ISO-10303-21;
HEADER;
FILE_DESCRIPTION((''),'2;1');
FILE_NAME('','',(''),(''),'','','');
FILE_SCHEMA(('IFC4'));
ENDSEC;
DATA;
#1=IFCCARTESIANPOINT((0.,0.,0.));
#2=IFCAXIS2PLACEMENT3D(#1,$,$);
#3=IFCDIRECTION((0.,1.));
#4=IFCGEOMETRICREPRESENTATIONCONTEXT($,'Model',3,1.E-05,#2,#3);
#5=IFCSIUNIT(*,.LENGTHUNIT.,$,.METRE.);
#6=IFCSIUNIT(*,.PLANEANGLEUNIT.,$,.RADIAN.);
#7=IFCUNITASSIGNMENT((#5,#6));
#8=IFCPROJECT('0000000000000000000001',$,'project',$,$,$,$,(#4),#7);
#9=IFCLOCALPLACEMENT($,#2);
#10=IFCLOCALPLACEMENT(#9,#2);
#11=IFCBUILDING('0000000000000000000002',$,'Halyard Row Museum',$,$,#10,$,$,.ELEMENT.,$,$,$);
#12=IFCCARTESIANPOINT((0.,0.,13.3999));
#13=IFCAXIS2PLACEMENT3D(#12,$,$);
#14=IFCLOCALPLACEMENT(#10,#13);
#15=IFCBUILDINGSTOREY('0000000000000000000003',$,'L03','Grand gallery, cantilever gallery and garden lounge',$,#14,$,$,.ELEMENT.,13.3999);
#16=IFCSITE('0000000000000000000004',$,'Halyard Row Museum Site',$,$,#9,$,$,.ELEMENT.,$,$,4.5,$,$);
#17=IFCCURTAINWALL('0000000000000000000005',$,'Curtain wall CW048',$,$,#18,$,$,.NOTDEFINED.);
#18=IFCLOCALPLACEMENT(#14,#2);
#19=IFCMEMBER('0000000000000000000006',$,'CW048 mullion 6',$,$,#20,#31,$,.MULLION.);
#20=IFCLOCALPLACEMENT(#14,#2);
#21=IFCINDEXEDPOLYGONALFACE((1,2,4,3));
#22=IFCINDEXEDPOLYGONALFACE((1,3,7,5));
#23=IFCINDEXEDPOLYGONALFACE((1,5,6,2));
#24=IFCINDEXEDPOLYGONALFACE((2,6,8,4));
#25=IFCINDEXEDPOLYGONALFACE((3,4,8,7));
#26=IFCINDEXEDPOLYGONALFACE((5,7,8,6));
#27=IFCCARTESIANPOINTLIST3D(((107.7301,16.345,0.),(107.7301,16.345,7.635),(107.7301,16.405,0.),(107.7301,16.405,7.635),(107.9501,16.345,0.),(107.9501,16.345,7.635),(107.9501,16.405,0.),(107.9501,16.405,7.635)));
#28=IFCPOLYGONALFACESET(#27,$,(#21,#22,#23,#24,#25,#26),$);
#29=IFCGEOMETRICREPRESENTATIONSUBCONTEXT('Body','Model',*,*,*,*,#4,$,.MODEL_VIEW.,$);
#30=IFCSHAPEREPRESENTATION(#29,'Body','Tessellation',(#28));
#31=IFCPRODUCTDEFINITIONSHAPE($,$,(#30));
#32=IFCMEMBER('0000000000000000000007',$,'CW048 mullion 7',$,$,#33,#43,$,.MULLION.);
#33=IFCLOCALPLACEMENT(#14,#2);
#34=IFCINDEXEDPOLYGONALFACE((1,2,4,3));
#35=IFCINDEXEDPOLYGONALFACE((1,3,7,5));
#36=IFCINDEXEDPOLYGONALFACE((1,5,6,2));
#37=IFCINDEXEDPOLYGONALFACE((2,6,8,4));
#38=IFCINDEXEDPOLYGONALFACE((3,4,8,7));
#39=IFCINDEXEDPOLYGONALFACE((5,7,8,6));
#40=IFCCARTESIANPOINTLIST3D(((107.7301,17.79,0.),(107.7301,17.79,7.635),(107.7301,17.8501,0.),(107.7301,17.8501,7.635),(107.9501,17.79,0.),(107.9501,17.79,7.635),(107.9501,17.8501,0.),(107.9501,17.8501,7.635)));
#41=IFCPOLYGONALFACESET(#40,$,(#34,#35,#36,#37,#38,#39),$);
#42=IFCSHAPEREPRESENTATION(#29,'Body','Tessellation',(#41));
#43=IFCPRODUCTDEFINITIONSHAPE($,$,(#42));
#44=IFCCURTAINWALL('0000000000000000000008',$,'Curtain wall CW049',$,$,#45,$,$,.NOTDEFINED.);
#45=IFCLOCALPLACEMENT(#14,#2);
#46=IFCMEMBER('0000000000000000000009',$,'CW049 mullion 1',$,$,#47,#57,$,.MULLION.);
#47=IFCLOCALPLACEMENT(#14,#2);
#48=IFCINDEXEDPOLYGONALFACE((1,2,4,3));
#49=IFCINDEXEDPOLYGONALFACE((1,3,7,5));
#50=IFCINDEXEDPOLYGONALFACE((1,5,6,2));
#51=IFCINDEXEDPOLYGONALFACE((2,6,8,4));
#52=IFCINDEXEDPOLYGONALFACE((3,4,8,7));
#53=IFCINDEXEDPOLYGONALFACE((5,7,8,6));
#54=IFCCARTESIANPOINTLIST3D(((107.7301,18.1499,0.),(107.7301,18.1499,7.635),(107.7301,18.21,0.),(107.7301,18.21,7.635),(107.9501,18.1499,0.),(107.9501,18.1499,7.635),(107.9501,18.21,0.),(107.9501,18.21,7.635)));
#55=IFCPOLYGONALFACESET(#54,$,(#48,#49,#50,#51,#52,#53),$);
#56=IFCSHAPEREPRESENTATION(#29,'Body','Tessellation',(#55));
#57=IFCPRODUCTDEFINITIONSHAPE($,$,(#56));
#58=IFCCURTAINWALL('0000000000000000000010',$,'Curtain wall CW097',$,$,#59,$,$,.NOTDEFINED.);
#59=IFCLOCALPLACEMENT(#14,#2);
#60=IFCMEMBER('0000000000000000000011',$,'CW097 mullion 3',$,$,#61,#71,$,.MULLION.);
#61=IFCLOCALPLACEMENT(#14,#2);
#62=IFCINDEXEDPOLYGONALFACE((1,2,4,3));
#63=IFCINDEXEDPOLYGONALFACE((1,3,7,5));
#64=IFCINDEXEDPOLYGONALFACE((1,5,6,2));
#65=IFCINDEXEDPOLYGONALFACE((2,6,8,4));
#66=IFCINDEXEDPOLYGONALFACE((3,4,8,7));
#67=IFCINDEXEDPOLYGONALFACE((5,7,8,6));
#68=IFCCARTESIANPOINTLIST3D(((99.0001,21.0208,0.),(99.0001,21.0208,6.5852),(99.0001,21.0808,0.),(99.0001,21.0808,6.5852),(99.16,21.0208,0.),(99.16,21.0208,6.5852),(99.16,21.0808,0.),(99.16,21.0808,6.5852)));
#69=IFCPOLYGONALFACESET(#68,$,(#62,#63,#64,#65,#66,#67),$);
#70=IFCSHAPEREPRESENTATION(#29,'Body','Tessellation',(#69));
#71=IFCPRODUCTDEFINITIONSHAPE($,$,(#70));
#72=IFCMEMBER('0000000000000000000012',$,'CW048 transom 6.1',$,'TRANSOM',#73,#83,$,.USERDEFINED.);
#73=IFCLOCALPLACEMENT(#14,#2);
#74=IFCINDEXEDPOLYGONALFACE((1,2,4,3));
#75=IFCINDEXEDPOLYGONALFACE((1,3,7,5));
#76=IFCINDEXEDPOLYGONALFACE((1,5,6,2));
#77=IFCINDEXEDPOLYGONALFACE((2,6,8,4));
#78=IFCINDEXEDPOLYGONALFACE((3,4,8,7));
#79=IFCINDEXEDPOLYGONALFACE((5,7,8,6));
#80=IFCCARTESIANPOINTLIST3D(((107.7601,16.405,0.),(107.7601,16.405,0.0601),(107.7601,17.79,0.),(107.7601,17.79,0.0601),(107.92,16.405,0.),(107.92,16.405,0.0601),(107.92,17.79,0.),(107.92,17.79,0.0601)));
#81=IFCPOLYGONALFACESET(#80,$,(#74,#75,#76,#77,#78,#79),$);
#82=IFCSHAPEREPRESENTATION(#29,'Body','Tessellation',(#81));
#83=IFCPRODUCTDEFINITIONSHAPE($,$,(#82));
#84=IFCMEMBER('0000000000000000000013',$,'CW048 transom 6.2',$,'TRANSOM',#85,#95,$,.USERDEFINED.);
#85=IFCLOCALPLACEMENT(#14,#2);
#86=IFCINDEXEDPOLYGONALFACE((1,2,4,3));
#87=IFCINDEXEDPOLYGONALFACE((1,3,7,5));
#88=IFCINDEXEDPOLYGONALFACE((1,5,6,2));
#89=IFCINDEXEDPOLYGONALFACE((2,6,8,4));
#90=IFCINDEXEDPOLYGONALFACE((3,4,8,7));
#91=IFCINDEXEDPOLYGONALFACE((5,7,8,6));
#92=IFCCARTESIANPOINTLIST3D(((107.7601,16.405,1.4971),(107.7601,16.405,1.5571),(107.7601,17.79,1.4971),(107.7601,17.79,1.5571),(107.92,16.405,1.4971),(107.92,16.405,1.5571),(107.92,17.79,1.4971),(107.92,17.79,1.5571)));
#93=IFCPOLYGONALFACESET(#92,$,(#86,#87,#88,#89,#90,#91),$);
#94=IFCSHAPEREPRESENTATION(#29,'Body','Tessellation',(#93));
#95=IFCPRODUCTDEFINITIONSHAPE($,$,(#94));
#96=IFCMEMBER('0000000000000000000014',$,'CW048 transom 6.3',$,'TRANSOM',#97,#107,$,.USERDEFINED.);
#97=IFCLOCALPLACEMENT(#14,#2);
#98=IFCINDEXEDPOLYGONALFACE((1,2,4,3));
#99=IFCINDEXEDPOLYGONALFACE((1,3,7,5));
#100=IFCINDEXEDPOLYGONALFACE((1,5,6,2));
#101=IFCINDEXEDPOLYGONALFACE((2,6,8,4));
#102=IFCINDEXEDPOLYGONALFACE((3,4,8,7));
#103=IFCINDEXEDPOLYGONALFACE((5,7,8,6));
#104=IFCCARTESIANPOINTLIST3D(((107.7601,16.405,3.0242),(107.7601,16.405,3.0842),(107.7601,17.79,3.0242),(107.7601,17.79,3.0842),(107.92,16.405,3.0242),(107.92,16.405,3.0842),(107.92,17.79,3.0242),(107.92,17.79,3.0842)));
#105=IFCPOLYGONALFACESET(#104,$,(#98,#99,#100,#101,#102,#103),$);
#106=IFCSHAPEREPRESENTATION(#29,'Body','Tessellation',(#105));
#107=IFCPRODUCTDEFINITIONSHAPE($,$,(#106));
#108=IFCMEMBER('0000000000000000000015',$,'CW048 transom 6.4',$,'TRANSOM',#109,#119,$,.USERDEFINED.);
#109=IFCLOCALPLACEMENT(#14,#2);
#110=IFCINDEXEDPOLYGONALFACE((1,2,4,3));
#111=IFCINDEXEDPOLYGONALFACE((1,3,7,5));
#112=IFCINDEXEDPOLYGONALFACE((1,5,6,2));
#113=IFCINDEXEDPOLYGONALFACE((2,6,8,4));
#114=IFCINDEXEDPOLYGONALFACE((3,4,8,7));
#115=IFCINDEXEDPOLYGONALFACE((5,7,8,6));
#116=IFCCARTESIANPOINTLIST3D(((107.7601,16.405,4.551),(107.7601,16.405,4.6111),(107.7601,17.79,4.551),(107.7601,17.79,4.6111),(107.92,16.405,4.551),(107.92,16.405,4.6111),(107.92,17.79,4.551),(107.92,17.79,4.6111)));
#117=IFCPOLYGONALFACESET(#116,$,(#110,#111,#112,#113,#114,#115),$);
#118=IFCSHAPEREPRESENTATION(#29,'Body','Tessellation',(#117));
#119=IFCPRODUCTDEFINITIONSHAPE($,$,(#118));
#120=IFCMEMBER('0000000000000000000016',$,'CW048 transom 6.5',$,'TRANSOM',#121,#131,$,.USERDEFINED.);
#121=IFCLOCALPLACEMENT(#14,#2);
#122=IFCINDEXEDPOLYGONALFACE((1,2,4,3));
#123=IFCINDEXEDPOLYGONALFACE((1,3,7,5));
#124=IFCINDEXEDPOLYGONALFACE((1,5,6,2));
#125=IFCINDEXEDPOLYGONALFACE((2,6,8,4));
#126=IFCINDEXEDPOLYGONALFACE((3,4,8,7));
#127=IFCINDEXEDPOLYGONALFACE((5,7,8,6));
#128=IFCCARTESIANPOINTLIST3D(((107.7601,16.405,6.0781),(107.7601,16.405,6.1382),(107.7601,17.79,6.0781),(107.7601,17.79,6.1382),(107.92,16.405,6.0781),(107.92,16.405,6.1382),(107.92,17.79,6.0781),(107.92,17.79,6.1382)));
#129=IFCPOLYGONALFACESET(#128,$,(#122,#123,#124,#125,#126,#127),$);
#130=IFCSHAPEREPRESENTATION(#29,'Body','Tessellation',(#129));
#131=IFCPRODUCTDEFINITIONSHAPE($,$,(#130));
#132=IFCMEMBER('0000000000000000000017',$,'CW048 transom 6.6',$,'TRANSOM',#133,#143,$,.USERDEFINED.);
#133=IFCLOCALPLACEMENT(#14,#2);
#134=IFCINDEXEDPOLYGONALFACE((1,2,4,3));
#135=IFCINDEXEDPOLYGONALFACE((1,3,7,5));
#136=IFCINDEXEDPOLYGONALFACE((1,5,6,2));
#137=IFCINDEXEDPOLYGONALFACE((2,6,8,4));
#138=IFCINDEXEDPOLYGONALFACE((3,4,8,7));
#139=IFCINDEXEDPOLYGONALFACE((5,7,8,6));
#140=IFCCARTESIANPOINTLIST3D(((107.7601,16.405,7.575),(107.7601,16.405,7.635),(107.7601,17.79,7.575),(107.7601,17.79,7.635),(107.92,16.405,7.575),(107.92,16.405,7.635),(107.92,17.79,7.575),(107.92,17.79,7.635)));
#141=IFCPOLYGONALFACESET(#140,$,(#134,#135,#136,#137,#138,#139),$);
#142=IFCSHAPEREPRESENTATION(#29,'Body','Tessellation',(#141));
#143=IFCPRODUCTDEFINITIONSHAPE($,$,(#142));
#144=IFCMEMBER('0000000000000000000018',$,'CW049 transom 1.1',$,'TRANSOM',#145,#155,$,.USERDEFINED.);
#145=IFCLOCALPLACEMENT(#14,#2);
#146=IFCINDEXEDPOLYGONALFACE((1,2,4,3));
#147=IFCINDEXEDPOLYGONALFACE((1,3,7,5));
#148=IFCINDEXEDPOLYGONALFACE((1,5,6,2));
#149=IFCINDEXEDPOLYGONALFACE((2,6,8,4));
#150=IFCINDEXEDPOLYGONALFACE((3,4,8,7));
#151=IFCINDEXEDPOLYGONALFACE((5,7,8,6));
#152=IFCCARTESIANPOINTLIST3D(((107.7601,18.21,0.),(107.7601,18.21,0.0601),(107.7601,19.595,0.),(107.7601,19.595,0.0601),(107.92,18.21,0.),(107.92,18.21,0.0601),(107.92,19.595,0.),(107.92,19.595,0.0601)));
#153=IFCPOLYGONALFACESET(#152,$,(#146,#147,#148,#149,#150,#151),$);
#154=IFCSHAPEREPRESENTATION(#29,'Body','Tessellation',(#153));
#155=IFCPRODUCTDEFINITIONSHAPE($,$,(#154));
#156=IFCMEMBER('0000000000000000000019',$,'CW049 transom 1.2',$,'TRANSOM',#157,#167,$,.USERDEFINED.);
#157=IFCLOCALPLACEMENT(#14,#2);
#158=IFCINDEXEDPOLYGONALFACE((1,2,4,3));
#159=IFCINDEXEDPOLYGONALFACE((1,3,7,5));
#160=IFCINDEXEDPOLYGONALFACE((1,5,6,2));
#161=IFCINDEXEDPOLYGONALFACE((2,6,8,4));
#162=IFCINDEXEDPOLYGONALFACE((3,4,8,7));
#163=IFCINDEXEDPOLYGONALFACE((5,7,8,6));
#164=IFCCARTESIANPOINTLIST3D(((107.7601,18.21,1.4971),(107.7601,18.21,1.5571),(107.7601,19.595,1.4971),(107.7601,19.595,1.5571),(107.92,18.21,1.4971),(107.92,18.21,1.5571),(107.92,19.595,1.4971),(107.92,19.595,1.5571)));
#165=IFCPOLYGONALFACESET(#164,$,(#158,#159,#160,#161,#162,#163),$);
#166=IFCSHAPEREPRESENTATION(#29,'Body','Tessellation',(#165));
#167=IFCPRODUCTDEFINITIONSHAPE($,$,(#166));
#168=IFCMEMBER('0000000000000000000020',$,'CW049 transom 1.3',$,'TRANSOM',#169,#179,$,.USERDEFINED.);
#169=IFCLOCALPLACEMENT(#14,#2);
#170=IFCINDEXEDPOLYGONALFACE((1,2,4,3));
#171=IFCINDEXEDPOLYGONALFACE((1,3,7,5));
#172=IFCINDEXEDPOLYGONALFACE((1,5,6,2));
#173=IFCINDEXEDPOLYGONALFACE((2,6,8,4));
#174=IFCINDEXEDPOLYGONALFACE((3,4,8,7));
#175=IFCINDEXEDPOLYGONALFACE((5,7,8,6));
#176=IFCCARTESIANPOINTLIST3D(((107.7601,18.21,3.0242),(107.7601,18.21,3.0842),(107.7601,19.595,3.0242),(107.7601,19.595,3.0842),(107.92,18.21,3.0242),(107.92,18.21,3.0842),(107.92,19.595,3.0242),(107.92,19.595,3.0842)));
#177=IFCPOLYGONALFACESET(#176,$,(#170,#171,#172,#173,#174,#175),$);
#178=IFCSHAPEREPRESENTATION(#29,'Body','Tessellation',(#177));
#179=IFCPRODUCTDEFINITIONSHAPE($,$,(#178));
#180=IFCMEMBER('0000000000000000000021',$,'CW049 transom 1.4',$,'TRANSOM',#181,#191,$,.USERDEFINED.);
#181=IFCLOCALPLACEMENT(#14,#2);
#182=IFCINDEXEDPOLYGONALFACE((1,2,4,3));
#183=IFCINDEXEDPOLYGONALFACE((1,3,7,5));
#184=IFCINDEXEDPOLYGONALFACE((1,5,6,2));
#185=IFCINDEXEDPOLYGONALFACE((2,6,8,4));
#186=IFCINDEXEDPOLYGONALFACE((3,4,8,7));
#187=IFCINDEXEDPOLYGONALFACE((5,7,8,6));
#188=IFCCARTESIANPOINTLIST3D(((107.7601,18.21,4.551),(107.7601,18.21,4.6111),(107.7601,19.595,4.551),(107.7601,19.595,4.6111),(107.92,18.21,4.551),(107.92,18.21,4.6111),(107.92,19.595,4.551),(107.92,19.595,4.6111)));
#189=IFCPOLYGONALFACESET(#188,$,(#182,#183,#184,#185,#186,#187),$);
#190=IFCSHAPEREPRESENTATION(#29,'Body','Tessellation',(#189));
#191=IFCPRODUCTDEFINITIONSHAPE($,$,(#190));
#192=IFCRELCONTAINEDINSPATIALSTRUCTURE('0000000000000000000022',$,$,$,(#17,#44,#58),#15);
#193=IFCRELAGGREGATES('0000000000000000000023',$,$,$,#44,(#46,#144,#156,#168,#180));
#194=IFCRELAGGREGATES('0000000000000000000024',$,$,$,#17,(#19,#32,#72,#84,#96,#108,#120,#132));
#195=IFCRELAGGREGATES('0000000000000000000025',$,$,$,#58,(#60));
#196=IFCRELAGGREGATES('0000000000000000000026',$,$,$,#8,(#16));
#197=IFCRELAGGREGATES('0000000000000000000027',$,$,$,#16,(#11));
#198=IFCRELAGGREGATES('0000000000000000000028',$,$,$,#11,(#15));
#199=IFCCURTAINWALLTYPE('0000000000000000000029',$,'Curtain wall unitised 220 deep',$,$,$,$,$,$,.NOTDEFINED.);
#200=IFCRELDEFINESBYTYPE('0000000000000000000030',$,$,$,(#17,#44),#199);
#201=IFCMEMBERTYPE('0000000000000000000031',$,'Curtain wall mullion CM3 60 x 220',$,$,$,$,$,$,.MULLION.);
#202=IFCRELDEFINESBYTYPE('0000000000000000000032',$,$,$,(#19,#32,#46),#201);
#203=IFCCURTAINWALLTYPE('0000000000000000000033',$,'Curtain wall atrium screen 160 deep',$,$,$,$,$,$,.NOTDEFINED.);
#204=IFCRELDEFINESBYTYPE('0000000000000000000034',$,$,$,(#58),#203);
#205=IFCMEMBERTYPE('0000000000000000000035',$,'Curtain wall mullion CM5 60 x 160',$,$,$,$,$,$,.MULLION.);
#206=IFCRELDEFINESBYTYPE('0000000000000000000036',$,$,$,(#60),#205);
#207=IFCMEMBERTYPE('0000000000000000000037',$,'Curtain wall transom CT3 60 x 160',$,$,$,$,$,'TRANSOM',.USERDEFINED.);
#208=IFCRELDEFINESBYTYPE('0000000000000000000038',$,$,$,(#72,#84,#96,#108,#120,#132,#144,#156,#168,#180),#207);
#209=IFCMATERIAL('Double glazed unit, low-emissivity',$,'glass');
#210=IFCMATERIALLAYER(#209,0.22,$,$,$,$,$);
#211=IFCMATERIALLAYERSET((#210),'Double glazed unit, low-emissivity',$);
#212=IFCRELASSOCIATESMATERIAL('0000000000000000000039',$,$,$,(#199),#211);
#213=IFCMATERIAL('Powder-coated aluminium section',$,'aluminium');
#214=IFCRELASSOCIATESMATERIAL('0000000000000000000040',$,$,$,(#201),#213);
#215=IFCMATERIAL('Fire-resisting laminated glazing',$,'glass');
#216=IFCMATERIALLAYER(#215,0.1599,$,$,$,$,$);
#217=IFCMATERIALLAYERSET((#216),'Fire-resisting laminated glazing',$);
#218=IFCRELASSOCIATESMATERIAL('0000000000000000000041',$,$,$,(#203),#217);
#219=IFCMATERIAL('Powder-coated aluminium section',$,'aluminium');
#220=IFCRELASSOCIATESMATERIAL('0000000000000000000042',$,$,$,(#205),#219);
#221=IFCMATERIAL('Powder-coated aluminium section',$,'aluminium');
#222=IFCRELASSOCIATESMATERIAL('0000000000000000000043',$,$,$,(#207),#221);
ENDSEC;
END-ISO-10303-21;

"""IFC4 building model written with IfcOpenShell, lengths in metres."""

from ifc_helpers import new_model, si_unit, direction, frame, origin, origin_2d, place, context, subcontext, project, spatial, rectangle, extrude, material, layer, layer_set, material_profile, profile_set, type_object, element, aggregate, save


model = new_model("IFC4")

# Units and contexts
model_context = context("Model", 3, precision=1e-05, world=origin(), true_north=direction((0.0, 1.0)))
body_context = subcontext(model_context, "Body", "Model", "MODEL_VIEW")
ifc_project = project(units=[si_unit("LENGTHUNIT", "METRE"), si_unit("PLANEANGLEUNIT", "RADIAN")], contexts=[model_context])

# Site, building, storey
site_placement = place(None, origin())
site = spatial("IfcSite", under=ifc_project, at=site_placement, Name="Halyard Row Museum Site", CompositionType="ELEMENT", RefElevation=4.5)
building_placement = place(site_placement, origin())
building = spatial("IfcBuilding", under=site, at=building_placement, Name="Halyard Row Museum", CompositionType="ELEMENT")
storey_placement = place(building_placement, frame((0.0, 0.0, 13.3999)))
storey = spatial("IfcBuildingStorey", under=building, at=storey_placement, Name="L03", Description="Grand gallery, cantilever gallery and garden lounge", CompositionType="ELEMENT", Elevation=13.3999)

# Curtain wall, members
ifc_material_1 = material(Name="Double glazed unit, low-emissivity", Category="glass")
ifc_layer_1 = layer(ifc_material_1, 0.22)
ifc_layer_set_1 = layer_set([ifc_layer_1], Name="Double glazed unit, low-emissivity")
curtain_wall_type_1 = type_object("IfcCurtainWallType", Name="Curtain wall unitised 220 deep", PredefinedType="NOTDEFINED", material=ifc_layer_set_1)
curtain_wall_1_placement = place(storey_placement, origin())
curtain_wall_1 = element("IfcCurtainWall", 1, at=curtain_wall_1_placement, inside=storey, type_object=curtain_wall_type_1, Name="Curtain wall CW048", PredefinedType="NOTDEFINED")
ifc_material_2 = material(Name="Powder-coated aluminium section", Category="aluminium")
ifc_material_profile_1 = material_profile(ifc_material_2, rectangle(XDim=0.22, YDim=0.0601, at=origin_2d()), Name="220x60 mullion")
ifc_profile_set_1 = profile_set([ifc_material_profile_1], Name="Powder-coated aluminium section")
member_type_1 = type_object("IfcMemberType", Name="Curtain wall mullion CM3 60 x 220", PredefinedType="MULLION", material=ifc_profile_set_1)
member_1_placement = place(storey_placement, frame((107.8401, 16.375, 0.0), z_axis=(0.0, 0.0, 1.0), x_axis=(-1.0, 0.0, 0.0)))
member_1 = element("IfcMember", 2, at=member_1_placement, type_object=member_type_1, Name="CW048 mullion 6", PredefinedType="MULLION", context=body_context, shape_type="SweptSolid", body=[
    extrude(rectangle(XDim=0.22, YDim=0.0601, at=origin_2d()), origin(), (0.0, 0.0, 1.0), 7.635),
])
member_2_placement = place(storey_placement, frame((107.8401, 17.8201, 0.0), z_axis=(0.0, 0.0, 1.0), x_axis=(-1.0, 0.0, 0.0)))
member_2 = element("IfcMember", 3, at=member_2_placement, type_object=member_type_1, Name="CW048 mullion 7", PredefinedType="MULLION", context=body_context, shape_type="SweptSolid", body=[
    extrude(rectangle(XDim=0.22, YDim=0.0601, at=origin_2d()), origin(), (0.0, 0.0, 1.0), 7.635),
])

# Curtain walls, members
curtain_wall_2_placement = place(storey_placement, origin())
curtain_wall_2 = element("IfcCurtainWall", 4, at=curtain_wall_2_placement, inside=storey, type_object=curtain_wall_type_1, Name="Curtain wall CW049", PredefinedType="NOTDEFINED")
member_3_placement = place(storey_placement, frame((107.8401, 18.1799, 0.0), z_axis=(0.0, 0.0, 1.0), x_axis=(-1.0, 0.0, 0.0)))
member_3 = element("IfcMember", 5, at=member_3_placement, type_object=member_type_1, Name="CW049 mullion 1", PredefinedType="MULLION", context=body_context, shape_type="SweptSolid", body=[
    extrude(rectangle(XDim=0.22, YDim=0.0601, at=origin_2d()), origin(), (0.0, 0.0, 1.0), 7.635),
])
ifc_material_3 = material(Name="Fire-resisting laminated glazing", Category="glass")
ifc_layer_2 = layer(ifc_material_3, 0.1599)
ifc_layer_set_2 = layer_set([ifc_layer_2], Name="Fire-resisting laminated glazing")
curtain_wall_type_2 = type_object("IfcCurtainWallType", Name="Curtain wall atrium screen 160 deep", PredefinedType="NOTDEFINED", material=ifc_layer_set_2)
curtain_wall_3_placement = place(storey_placement, origin())
curtain_wall_3 = element("IfcCurtainWall", 6, at=curtain_wall_3_placement, inside=storey, type_object=curtain_wall_type_2, Name="Curtain wall CW097", PredefinedType="NOTDEFINED")
ifc_material_4 = material(Name="Powder-coated aluminium section", Category="aluminium")
ifc_material_profile_2 = material_profile(ifc_material_4, rectangle(XDim=0.1599, YDim=0.0601, at=origin_2d()), Name="160x60 mullion")
ifc_profile_set_2 = profile_set([ifc_material_profile_2], Name="Powder-coated aluminium section")
member_type_2 = type_object("IfcMemberType", Name="Curtain wall mullion CM5 60 x 160", PredefinedType="MULLION", material=ifc_profile_set_2)
member_4_placement = place(storey_placement, frame((99.0801, 21.0508, 0.0), z_axis=(0.0, 0.0, 1.0), x_axis=(-1.0, 0.0, 0.0)))
member_4 = element("IfcMember", 7, at=member_4_placement, type_object=member_type_2, Name="CW097 mullion 3", PredefinedType="MULLION", context=body_context, shape_type="SweptSolid", body=[
    extrude(rectangle(XDim=0.1599, YDim=0.0601, at=origin_2d()), origin(), (0.0, 0.0, 1.0), 6.5852),
])

# Members
ifc_material_5 = material(Name="Powder-coated aluminium section", Category="aluminium")
ifc_material_profile_3 = material_profile(ifc_material_5, rectangle(XDim=0.1599, YDim=0.0601, at=origin_2d()), Name="160x60 transom")
ifc_profile_set_3 = profile_set([ifc_material_profile_3], Name="Powder-coated aluminium section")
member_type_3 = type_object("IfcMemberType", Name="Curtain wall transom CT3 60 x 160", ElementType="TRANSOM", PredefinedType="USERDEFINED", material=ifc_profile_set_3)
member_5_placement = place(storey_placement, frame((107.8401, 16.405, 0.03), z_axis=(0.0, 1.0, 0.0), x_axis=(-1.0, 0.0, 0.0)))
member_5 = element("IfcMember", 8, at=member_5_placement, type_object=member_type_3, Name="CW048 transom 6.1", ObjectType="TRANSOM", PredefinedType="USERDEFINED", context=body_context, shape_type="SweptSolid", body=[
    extrude(rectangle(XDim=0.1599, YDim=0.0601, at=origin_2d()), origin(), (0.0, 0.0, 1.0), 1.385),
])
member_6_placement = place(storey_placement, frame((107.8401, 16.405, 1.5271), z_axis=(0.0, 1.0, 0.0), x_axis=(-1.0, 0.0, 0.0)))
member_6 = element("IfcMember", 9, at=member_6_placement, type_object=member_type_3, Name="CW048 transom 6.2", ObjectType="TRANSOM", PredefinedType="USERDEFINED", context=body_context, shape_type="SweptSolid", body=[
    extrude(rectangle(XDim=0.1599, YDim=0.0601, at=origin_2d()), origin(), (0.0, 0.0, 1.0), 1.385),
])
member_7_placement = place(storey_placement, frame((107.8401, 16.405, 3.0542), z_axis=(0.0, 1.0, 0.0), x_axis=(-1.0, 0.0, 0.0)))
member_7 = element("IfcMember", 10, at=member_7_placement, type_object=member_type_3, Name="CW048 transom 6.3", ObjectType="TRANSOM", PredefinedType="USERDEFINED", context=body_context, shape_type="SweptSolid", body=[
    extrude(rectangle(XDim=0.1599, YDim=0.0601, at=origin_2d()), origin(), (0.0, 0.0, 1.0), 1.385),
])
member_8_placement = place(storey_placement, frame((107.8401, 16.405, 4.5811), z_axis=(0.0, 1.0, 0.0), x_axis=(-1.0, 0.0, 0.0)))
member_8 = element("IfcMember", 11, at=member_8_placement, type_object=member_type_3, Name="CW048 transom 6.4", ObjectType="TRANSOM", PredefinedType="USERDEFINED", context=body_context, shape_type="SweptSolid", body=[
    extrude(rectangle(XDim=0.1599, YDim=0.0601, at=origin_2d()), origin(), (0.0, 0.0, 1.0), 1.385),
])
member_9_placement = place(storey_placement, frame((107.8401, 16.405, 6.1082), z_axis=(0.0, 1.0, 0.0), x_axis=(-1.0, 0.0, 0.0)))
member_9 = element("IfcMember", 12, at=member_9_placement, type_object=member_type_3, Name="CW048 transom 6.5", ObjectType="TRANSOM", PredefinedType="USERDEFINED", context=body_context, shape_type="SweptSolid", body=[
    extrude(rectangle(XDim=0.1599, YDim=0.0601, at=origin_2d()), origin(), (0.0, 0.0, 1.0), 1.385),
])
member_10_placement = place(storey_placement, frame((107.8401, 16.405, 7.605), z_axis=(0.0, 1.0, 0.0), x_axis=(-1.0, 0.0, 0.0)))
member_10 = element("IfcMember", 13, at=member_10_placement, type_object=member_type_3, Name="CW048 transom 6.6", ObjectType="TRANSOM", PredefinedType="USERDEFINED", context=body_context, shape_type="SweptSolid", body=[
    extrude(rectangle(XDim=0.1599, YDim=0.0601, at=origin_2d()), origin(), (0.0, 0.0, 1.0), 1.385),
])
member_11_placement = place(storey_placement, frame((107.8401, 18.21, 0.03), z_axis=(0.0, 1.0, 0.0), x_axis=(-1.0, 0.0, 0.0)))
member_11 = element("IfcMember", 14, at=member_11_placement, type_object=member_type_3, Name="CW049 transom 1.1", ObjectType="TRANSOM", PredefinedType="USERDEFINED", context=body_context, shape_type="SweptSolid", body=[
    extrude(rectangle(XDim=0.1599, YDim=0.0601, at=origin_2d()), origin(), (0.0, 0.0, 1.0), 1.385),
])
member_12_placement = place(storey_placement, frame((107.8401, 18.21, 1.5271), z_axis=(0.0, 1.0, 0.0), x_axis=(-1.0, 0.0, 0.0)))
member_12 = element("IfcMember", 15, at=member_12_placement, type_object=member_type_3, Name="CW049 transom 1.2", ObjectType="TRANSOM", PredefinedType="USERDEFINED", context=body_context, shape_type="SweptSolid", body=[
    extrude(rectangle(XDim=0.1599, YDim=0.0601, at=origin_2d()), origin(), (0.0, 0.0, 1.0), 1.385),
])
member_13_placement = place(storey_placement, frame((107.8401, 18.21, 3.0542), z_axis=(0.0, 1.0, 0.0), x_axis=(-1.0, 0.0, 0.0)))
member_13 = element("IfcMember", 16, at=member_13_placement, type_object=member_type_3, Name="CW049 transom 1.3", ObjectType="TRANSOM", PredefinedType="USERDEFINED", context=body_context, shape_type="SweptSolid", body=[
    extrude(rectangle(XDim=0.1599, YDim=0.0601, at=origin_2d()), origin(), (0.0, 0.0, 1.0), 1.385),
])
member_14_placement = place(storey_placement, frame((107.8401, 18.21, 4.5811), z_axis=(0.0, 1.0, 0.0), x_axis=(-1.0, 0.0, 0.0)))
member_14 = element("IfcMember", 17, at=member_14_placement, type_object=member_type_3, Name="CW049 transom 1.4", ObjectType="TRANSOM", PredefinedType="USERDEFINED", context=body_context, shape_type="SweptSolid", body=[
    extrude(rectangle(XDim=0.1599, YDim=0.0601, at=origin_2d()), origin(), (0.0, 0.0, 1.0), 1.385),
])
aggregate(curtain_wall_2, [member_3, member_11, member_12, member_13, member_14])

aggregate(curtain_wall_1, [member_1, member_2, member_5, member_6, member_7, member_8, member_9, member_10])
aggregate(curtain_wall_3, [member_4])

save(model, "model.ifc")
